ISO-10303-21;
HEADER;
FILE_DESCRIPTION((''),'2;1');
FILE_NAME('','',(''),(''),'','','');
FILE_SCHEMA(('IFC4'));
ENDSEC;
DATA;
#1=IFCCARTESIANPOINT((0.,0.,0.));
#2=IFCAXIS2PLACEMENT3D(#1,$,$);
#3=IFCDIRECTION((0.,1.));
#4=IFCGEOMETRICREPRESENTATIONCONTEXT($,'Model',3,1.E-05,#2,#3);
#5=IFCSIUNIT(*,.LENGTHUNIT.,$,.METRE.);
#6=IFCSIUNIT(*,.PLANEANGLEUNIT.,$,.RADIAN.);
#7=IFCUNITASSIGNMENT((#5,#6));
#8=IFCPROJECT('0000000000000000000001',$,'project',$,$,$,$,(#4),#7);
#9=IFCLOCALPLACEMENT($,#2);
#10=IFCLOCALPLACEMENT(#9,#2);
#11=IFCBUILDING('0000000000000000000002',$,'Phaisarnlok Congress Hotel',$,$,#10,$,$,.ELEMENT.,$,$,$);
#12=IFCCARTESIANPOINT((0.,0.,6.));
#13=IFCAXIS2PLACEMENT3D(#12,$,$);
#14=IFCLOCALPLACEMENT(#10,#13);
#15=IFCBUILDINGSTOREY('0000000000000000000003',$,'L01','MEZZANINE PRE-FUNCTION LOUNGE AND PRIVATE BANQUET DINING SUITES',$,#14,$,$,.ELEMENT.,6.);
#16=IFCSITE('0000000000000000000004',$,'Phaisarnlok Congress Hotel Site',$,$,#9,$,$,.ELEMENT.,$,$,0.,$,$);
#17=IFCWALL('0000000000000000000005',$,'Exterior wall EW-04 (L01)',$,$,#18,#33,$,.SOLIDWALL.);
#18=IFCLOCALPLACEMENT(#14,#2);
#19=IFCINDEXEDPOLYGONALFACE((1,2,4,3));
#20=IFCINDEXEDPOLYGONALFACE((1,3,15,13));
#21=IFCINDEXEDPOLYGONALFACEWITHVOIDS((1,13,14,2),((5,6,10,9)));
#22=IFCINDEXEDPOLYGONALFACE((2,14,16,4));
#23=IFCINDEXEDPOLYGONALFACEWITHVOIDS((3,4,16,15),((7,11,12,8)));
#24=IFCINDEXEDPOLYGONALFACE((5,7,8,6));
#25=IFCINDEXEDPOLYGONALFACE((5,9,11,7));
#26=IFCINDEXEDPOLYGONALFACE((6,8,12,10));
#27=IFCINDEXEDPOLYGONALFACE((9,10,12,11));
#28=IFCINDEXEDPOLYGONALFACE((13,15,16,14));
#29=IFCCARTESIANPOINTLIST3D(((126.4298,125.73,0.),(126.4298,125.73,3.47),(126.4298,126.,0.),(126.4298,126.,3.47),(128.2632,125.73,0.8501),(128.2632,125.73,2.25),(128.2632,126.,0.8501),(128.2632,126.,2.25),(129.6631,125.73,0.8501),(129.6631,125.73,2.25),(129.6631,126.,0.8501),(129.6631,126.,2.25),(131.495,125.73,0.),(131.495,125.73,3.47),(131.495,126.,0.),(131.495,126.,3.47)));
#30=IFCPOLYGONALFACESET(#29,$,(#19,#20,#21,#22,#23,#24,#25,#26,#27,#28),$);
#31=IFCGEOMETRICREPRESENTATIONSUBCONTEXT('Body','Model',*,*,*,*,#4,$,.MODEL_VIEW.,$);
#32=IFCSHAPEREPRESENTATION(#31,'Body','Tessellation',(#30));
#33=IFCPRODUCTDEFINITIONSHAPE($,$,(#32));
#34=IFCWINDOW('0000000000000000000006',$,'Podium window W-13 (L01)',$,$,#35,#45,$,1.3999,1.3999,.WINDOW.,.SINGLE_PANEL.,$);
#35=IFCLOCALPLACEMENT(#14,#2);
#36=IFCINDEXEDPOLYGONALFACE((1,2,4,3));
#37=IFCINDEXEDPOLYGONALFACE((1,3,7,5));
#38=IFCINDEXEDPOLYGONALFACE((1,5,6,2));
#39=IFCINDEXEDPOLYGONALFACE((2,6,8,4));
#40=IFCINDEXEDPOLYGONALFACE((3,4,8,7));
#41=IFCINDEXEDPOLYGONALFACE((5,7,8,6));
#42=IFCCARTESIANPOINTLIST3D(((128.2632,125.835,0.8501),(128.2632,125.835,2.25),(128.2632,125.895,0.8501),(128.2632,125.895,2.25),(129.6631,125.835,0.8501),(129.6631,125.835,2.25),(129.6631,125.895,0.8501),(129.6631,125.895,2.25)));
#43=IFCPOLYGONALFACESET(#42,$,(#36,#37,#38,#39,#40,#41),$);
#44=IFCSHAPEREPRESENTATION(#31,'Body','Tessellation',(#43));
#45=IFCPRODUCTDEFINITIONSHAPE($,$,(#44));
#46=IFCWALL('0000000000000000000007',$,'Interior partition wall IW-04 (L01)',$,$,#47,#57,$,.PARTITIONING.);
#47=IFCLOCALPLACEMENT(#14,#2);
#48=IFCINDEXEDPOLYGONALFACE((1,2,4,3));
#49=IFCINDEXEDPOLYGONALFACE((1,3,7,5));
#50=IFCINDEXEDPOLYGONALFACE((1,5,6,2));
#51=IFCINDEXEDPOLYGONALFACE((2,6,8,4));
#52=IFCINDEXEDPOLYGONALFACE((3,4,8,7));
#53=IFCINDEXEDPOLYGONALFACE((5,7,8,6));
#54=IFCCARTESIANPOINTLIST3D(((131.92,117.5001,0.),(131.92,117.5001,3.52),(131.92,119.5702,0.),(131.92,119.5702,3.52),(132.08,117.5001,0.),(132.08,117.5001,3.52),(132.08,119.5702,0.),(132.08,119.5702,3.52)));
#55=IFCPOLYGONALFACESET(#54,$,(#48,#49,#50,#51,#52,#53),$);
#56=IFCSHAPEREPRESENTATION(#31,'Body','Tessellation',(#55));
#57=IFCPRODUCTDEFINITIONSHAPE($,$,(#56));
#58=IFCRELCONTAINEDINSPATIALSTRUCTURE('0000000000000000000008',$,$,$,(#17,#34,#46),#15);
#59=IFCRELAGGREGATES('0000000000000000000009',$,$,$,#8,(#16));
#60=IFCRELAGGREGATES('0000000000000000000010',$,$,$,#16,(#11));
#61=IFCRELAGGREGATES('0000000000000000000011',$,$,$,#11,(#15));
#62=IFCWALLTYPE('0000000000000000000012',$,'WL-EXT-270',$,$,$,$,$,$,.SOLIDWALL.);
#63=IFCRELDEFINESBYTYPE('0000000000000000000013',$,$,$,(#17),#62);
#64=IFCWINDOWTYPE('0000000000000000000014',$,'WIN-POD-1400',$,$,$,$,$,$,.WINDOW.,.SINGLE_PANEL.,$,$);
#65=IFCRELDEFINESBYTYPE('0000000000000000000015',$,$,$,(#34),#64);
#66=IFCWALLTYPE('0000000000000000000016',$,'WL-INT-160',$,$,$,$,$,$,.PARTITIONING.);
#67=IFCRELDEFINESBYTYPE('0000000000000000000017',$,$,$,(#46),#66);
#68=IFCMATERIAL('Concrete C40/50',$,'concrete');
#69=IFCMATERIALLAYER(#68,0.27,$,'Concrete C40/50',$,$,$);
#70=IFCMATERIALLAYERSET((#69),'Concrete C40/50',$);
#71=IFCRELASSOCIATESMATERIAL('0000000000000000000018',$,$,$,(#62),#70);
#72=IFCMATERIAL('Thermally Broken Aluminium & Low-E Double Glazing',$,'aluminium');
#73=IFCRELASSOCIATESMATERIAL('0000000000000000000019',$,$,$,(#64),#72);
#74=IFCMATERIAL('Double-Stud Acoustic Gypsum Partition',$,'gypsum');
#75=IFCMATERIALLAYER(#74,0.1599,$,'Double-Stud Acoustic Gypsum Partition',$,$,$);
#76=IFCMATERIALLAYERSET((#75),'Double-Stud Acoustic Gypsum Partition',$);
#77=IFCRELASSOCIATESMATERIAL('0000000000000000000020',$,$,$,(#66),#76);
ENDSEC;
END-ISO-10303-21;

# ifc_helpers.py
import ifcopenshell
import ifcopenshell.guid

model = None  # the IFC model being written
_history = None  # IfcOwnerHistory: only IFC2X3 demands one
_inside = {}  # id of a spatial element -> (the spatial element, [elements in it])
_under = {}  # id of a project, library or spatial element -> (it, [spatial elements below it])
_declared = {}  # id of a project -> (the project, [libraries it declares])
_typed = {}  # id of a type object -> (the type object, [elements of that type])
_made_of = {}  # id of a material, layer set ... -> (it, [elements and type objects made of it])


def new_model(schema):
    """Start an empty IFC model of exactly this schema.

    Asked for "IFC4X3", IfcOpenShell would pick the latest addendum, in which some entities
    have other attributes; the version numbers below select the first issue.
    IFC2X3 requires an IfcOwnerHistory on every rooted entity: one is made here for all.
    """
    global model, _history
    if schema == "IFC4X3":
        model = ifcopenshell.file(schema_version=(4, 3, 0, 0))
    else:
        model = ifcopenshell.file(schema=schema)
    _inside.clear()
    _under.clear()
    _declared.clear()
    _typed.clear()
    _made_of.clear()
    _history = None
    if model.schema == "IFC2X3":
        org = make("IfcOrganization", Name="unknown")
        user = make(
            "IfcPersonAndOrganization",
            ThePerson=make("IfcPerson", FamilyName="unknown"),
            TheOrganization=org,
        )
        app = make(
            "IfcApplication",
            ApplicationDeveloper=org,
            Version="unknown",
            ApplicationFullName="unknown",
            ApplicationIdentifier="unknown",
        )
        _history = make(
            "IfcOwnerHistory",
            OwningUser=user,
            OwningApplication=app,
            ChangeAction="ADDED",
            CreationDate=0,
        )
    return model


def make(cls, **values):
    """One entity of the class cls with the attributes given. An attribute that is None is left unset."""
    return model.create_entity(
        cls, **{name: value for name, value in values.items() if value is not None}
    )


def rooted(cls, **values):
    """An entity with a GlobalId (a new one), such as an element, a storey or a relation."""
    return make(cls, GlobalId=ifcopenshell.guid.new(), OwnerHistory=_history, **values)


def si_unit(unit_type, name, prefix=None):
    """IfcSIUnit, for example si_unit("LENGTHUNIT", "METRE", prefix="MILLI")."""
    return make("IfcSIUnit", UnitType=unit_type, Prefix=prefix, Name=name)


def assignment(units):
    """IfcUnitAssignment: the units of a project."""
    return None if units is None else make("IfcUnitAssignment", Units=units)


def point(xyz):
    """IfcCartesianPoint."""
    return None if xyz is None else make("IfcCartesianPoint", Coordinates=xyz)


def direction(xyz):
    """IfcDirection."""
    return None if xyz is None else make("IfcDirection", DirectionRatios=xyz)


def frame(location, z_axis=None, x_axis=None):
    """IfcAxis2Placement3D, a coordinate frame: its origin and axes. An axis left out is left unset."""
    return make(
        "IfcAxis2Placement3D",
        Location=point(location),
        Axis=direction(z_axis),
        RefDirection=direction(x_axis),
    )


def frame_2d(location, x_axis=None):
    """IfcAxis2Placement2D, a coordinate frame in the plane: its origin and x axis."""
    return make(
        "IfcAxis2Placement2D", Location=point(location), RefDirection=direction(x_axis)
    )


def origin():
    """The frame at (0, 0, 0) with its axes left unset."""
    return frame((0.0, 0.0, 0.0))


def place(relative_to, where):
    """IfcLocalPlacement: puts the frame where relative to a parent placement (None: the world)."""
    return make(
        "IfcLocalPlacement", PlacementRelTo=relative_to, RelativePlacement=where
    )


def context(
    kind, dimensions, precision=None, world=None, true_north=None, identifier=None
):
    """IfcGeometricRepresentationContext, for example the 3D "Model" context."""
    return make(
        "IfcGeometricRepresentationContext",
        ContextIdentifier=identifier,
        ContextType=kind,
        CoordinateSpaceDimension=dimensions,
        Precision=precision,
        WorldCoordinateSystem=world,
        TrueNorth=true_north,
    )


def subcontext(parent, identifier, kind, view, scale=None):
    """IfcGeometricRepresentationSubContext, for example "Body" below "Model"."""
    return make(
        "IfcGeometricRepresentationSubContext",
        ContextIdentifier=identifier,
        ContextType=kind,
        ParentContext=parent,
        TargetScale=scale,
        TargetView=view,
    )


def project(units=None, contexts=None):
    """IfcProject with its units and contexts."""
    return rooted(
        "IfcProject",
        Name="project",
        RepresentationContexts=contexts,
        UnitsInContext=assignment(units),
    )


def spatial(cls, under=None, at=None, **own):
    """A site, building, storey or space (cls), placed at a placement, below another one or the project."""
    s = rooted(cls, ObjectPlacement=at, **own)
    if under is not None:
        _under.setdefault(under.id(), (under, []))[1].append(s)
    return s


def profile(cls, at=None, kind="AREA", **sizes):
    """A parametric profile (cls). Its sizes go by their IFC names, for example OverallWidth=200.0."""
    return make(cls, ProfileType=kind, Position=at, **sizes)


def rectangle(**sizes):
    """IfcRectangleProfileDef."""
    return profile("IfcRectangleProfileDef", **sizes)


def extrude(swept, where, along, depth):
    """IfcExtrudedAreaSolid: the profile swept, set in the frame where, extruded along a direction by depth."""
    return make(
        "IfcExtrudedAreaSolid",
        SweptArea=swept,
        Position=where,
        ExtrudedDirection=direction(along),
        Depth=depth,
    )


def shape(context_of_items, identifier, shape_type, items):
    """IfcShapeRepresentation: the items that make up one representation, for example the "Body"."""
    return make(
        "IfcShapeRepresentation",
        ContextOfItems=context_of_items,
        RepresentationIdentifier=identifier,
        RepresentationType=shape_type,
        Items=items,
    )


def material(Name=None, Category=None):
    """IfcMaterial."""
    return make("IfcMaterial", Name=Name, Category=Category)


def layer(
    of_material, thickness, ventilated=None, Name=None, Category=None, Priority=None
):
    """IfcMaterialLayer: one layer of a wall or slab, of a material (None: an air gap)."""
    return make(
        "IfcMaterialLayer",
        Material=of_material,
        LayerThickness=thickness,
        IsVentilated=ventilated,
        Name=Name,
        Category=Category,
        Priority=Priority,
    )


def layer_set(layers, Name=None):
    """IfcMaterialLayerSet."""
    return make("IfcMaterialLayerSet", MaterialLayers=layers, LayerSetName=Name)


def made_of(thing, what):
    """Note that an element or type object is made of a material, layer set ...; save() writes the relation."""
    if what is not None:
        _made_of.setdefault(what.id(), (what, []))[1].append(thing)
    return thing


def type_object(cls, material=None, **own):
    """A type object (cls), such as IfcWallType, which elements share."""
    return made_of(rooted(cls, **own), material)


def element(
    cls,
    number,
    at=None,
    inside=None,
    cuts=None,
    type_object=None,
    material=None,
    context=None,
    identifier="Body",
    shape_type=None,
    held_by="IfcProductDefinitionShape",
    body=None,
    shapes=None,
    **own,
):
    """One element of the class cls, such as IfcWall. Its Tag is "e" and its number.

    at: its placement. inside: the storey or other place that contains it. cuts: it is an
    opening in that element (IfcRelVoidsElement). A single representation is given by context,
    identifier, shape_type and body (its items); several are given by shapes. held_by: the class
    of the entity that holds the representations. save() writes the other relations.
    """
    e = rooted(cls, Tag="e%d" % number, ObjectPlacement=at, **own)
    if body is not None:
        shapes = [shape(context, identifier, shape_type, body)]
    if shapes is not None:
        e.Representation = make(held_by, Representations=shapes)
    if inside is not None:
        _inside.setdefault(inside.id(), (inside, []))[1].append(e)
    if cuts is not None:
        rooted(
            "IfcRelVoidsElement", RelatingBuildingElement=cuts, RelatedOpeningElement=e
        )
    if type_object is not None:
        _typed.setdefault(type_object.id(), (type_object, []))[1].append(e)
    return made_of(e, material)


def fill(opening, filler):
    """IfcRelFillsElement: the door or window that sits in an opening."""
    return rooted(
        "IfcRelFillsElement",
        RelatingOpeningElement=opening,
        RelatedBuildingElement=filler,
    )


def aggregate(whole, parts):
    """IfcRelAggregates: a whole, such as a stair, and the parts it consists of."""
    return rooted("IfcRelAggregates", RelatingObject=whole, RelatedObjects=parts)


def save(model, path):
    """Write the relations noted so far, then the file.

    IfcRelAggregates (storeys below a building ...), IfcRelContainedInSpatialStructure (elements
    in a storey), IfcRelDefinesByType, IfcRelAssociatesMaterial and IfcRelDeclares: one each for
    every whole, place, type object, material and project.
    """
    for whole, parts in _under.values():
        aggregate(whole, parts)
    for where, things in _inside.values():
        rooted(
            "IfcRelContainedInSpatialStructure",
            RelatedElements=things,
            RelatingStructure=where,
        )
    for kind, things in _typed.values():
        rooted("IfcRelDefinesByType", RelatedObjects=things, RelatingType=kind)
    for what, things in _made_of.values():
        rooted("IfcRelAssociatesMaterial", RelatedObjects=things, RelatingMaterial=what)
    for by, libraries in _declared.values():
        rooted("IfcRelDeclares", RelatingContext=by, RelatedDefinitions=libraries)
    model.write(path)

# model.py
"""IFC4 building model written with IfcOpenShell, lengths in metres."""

from ifc_helpers import new_model, si_unit, direction, frame, frame_2d, origin, place, context, subcontext, project, spatial, rectangle, extrude, material, layer, layer_set, type_object, element, fill, save


model = new_model("IFC4")

# Units and contexts
model_context = context("Model", 3, precision=1e-05, world=origin(), true_north=direction((0.0, 1.0)))
body_context = subcontext(model_context, "Body", "Model", "MODEL_VIEW")
ifc_project = project(units=[si_unit("LENGTHUNIT", "METRE"), si_unit("PLANEANGLEUNIT", "RADIAN")], contexts=[model_context])

# Site, building, storey
site_placement = place(None, origin())
site = spatial("IfcSite", under=ifc_project, at=site_placement, Name="Phaisarnlok Congress Hotel Site", CompositionType="ELEMENT", RefElevation=0.0)
building_placement = place(site_placement, origin())
building = spatial("IfcBuilding", under=site, at=building_placement, Name="Phaisarnlok Congress Hotel", CompositionType="ELEMENT")
storey_placement = place(building_placement, frame((0.0, 0.0, 6.0)))
storey = spatial("IfcBuildingStorey", under=building, at=storey_placement, Name="L01", Description="MEZZANINE PRE-FUNCTION LOUNGE AND PRIVATE BANQUET DINING SUITES", CompositionType="ELEMENT", Elevation=6.0)

# Shared definitions
ifc_material_1 = material(Name="Concrete C40/50", Category="concrete")

# Wall, opening, window
ifc_layer_1 = layer(ifc_material_1, 0.27, Name="Concrete C40/50")
ifc_layer_set_1 = layer_set([ifc_layer_1], Name="Concrete C40/50")
wall_type_1 = type_object("IfcWallType", Name="WL-EXT-270", PredefinedType="SOLIDWALL", material=ifc_layer_set_1)
wall_1_placement = place(storey_placement, frame((131.4951, 125.865, 0.0), z_axis=(0.0, 0.0, 1.0), x_axis=(-1.0, 0.0, 0.0)))
wall_1 = element("IfcWall", 1, at=wall_1_placement, inside=storey, type_object=wall_type_1, Name="Exterior wall EW-04 (L01)", PredefinedType="SOLIDWALL", context=body_context, shape_type="SweptSolid", body=[
    extrude(rectangle(XDim=5.0652, YDim=0.27, at=frame_2d((2.5327, 0.0))), origin(), (0.0, 0.0, 1.0), 3.47),
])
opening_placement = place(wall_1_placement, frame((1.832, 0.0, 0.8501)))
opening = element("IfcOpeningElement", 2, at=opening_placement, cuts=wall_1, PredefinedType="OPENING", context=body_context, shape_type="SweptSolid", body=[
    extrude(rectangle(XDim=1.3999, YDim=1.3999, at=frame_2d((0.7, 0.7))), frame((0.0, 0.145, 0.0), z_axis=(0.0, -1.0, 0.0), x_axis=(1.0, 0.0, 0.0)), (0.0, 0.0, 1.0), 0.29),
])
ifc_material_2 = material(Name="Thermally Broken Aluminium & Low-E Double Glazing", Category="aluminium")
window_type = type_object("IfcWindowType", Name="WIN-POD-1400", PartitioningType="SINGLE_PANEL", PredefinedType="WINDOW", material=ifc_material_2)
window_placement = place(opening_placement, origin())
window = element("IfcWindow", 3, at=window_placement, inside=storey, type_object=window_type, Name="Podium window W-13 (L01)", OverallHeight=1.3999, OverallWidth=1.3999, PartitioningType="SINGLE_PANEL", PredefinedType="WINDOW", context=body_context, shape_type="SweptSolid", body=[
    extrude(rectangle(XDim=1.3999, YDim=1.3999, at=frame_2d((0.7, 0.7))), frame((0.0, 0.03, 0.0), z_axis=(0.0, -1.0, 0.0), x_axis=(1.0, 0.0, 0.0)), (0.0, 0.0, 1.0), 0.0601),
])
fill(opening, window)

# Wall
ifc_material_3 = material(Name="Double-Stud Acoustic Gypsum Partition", Category="gypsum")
ifc_layer_2 = layer(ifc_material_3, 0.1599, Name="Double-Stud Acoustic Gypsum Partition")
ifc_layer_set_2 = layer_set([ifc_layer_2], Name="Double-Stud Acoustic Gypsum Partition")
wall_type_2 = type_object("IfcWallType", Name="WL-INT-160", PredefinedType="PARTITIONING", material=ifc_layer_set_2)
wall_2_placement = place(storey_placement, frame((132.0, 117.5, 0.0), z_axis=(0.0, 0.0, 1.0), x_axis=(0.0, 1.0, 0.0)))
element("IfcWall", 4, at=wall_2_placement, inside=storey, type_object=wall_type_2, Name="Interior partition wall IW-04 (L01)", PredefinedType="PARTITIONING", context=body_context, shape_type="SweptSolid", body=[
    extrude(rectangle(XDim=2.0701, YDim=0.1599, at=frame_2d((1.0352, 0.0))), origin(), (0.0, 0.0, 1.0), 3.52),
])

save(model, "model.ifc")
